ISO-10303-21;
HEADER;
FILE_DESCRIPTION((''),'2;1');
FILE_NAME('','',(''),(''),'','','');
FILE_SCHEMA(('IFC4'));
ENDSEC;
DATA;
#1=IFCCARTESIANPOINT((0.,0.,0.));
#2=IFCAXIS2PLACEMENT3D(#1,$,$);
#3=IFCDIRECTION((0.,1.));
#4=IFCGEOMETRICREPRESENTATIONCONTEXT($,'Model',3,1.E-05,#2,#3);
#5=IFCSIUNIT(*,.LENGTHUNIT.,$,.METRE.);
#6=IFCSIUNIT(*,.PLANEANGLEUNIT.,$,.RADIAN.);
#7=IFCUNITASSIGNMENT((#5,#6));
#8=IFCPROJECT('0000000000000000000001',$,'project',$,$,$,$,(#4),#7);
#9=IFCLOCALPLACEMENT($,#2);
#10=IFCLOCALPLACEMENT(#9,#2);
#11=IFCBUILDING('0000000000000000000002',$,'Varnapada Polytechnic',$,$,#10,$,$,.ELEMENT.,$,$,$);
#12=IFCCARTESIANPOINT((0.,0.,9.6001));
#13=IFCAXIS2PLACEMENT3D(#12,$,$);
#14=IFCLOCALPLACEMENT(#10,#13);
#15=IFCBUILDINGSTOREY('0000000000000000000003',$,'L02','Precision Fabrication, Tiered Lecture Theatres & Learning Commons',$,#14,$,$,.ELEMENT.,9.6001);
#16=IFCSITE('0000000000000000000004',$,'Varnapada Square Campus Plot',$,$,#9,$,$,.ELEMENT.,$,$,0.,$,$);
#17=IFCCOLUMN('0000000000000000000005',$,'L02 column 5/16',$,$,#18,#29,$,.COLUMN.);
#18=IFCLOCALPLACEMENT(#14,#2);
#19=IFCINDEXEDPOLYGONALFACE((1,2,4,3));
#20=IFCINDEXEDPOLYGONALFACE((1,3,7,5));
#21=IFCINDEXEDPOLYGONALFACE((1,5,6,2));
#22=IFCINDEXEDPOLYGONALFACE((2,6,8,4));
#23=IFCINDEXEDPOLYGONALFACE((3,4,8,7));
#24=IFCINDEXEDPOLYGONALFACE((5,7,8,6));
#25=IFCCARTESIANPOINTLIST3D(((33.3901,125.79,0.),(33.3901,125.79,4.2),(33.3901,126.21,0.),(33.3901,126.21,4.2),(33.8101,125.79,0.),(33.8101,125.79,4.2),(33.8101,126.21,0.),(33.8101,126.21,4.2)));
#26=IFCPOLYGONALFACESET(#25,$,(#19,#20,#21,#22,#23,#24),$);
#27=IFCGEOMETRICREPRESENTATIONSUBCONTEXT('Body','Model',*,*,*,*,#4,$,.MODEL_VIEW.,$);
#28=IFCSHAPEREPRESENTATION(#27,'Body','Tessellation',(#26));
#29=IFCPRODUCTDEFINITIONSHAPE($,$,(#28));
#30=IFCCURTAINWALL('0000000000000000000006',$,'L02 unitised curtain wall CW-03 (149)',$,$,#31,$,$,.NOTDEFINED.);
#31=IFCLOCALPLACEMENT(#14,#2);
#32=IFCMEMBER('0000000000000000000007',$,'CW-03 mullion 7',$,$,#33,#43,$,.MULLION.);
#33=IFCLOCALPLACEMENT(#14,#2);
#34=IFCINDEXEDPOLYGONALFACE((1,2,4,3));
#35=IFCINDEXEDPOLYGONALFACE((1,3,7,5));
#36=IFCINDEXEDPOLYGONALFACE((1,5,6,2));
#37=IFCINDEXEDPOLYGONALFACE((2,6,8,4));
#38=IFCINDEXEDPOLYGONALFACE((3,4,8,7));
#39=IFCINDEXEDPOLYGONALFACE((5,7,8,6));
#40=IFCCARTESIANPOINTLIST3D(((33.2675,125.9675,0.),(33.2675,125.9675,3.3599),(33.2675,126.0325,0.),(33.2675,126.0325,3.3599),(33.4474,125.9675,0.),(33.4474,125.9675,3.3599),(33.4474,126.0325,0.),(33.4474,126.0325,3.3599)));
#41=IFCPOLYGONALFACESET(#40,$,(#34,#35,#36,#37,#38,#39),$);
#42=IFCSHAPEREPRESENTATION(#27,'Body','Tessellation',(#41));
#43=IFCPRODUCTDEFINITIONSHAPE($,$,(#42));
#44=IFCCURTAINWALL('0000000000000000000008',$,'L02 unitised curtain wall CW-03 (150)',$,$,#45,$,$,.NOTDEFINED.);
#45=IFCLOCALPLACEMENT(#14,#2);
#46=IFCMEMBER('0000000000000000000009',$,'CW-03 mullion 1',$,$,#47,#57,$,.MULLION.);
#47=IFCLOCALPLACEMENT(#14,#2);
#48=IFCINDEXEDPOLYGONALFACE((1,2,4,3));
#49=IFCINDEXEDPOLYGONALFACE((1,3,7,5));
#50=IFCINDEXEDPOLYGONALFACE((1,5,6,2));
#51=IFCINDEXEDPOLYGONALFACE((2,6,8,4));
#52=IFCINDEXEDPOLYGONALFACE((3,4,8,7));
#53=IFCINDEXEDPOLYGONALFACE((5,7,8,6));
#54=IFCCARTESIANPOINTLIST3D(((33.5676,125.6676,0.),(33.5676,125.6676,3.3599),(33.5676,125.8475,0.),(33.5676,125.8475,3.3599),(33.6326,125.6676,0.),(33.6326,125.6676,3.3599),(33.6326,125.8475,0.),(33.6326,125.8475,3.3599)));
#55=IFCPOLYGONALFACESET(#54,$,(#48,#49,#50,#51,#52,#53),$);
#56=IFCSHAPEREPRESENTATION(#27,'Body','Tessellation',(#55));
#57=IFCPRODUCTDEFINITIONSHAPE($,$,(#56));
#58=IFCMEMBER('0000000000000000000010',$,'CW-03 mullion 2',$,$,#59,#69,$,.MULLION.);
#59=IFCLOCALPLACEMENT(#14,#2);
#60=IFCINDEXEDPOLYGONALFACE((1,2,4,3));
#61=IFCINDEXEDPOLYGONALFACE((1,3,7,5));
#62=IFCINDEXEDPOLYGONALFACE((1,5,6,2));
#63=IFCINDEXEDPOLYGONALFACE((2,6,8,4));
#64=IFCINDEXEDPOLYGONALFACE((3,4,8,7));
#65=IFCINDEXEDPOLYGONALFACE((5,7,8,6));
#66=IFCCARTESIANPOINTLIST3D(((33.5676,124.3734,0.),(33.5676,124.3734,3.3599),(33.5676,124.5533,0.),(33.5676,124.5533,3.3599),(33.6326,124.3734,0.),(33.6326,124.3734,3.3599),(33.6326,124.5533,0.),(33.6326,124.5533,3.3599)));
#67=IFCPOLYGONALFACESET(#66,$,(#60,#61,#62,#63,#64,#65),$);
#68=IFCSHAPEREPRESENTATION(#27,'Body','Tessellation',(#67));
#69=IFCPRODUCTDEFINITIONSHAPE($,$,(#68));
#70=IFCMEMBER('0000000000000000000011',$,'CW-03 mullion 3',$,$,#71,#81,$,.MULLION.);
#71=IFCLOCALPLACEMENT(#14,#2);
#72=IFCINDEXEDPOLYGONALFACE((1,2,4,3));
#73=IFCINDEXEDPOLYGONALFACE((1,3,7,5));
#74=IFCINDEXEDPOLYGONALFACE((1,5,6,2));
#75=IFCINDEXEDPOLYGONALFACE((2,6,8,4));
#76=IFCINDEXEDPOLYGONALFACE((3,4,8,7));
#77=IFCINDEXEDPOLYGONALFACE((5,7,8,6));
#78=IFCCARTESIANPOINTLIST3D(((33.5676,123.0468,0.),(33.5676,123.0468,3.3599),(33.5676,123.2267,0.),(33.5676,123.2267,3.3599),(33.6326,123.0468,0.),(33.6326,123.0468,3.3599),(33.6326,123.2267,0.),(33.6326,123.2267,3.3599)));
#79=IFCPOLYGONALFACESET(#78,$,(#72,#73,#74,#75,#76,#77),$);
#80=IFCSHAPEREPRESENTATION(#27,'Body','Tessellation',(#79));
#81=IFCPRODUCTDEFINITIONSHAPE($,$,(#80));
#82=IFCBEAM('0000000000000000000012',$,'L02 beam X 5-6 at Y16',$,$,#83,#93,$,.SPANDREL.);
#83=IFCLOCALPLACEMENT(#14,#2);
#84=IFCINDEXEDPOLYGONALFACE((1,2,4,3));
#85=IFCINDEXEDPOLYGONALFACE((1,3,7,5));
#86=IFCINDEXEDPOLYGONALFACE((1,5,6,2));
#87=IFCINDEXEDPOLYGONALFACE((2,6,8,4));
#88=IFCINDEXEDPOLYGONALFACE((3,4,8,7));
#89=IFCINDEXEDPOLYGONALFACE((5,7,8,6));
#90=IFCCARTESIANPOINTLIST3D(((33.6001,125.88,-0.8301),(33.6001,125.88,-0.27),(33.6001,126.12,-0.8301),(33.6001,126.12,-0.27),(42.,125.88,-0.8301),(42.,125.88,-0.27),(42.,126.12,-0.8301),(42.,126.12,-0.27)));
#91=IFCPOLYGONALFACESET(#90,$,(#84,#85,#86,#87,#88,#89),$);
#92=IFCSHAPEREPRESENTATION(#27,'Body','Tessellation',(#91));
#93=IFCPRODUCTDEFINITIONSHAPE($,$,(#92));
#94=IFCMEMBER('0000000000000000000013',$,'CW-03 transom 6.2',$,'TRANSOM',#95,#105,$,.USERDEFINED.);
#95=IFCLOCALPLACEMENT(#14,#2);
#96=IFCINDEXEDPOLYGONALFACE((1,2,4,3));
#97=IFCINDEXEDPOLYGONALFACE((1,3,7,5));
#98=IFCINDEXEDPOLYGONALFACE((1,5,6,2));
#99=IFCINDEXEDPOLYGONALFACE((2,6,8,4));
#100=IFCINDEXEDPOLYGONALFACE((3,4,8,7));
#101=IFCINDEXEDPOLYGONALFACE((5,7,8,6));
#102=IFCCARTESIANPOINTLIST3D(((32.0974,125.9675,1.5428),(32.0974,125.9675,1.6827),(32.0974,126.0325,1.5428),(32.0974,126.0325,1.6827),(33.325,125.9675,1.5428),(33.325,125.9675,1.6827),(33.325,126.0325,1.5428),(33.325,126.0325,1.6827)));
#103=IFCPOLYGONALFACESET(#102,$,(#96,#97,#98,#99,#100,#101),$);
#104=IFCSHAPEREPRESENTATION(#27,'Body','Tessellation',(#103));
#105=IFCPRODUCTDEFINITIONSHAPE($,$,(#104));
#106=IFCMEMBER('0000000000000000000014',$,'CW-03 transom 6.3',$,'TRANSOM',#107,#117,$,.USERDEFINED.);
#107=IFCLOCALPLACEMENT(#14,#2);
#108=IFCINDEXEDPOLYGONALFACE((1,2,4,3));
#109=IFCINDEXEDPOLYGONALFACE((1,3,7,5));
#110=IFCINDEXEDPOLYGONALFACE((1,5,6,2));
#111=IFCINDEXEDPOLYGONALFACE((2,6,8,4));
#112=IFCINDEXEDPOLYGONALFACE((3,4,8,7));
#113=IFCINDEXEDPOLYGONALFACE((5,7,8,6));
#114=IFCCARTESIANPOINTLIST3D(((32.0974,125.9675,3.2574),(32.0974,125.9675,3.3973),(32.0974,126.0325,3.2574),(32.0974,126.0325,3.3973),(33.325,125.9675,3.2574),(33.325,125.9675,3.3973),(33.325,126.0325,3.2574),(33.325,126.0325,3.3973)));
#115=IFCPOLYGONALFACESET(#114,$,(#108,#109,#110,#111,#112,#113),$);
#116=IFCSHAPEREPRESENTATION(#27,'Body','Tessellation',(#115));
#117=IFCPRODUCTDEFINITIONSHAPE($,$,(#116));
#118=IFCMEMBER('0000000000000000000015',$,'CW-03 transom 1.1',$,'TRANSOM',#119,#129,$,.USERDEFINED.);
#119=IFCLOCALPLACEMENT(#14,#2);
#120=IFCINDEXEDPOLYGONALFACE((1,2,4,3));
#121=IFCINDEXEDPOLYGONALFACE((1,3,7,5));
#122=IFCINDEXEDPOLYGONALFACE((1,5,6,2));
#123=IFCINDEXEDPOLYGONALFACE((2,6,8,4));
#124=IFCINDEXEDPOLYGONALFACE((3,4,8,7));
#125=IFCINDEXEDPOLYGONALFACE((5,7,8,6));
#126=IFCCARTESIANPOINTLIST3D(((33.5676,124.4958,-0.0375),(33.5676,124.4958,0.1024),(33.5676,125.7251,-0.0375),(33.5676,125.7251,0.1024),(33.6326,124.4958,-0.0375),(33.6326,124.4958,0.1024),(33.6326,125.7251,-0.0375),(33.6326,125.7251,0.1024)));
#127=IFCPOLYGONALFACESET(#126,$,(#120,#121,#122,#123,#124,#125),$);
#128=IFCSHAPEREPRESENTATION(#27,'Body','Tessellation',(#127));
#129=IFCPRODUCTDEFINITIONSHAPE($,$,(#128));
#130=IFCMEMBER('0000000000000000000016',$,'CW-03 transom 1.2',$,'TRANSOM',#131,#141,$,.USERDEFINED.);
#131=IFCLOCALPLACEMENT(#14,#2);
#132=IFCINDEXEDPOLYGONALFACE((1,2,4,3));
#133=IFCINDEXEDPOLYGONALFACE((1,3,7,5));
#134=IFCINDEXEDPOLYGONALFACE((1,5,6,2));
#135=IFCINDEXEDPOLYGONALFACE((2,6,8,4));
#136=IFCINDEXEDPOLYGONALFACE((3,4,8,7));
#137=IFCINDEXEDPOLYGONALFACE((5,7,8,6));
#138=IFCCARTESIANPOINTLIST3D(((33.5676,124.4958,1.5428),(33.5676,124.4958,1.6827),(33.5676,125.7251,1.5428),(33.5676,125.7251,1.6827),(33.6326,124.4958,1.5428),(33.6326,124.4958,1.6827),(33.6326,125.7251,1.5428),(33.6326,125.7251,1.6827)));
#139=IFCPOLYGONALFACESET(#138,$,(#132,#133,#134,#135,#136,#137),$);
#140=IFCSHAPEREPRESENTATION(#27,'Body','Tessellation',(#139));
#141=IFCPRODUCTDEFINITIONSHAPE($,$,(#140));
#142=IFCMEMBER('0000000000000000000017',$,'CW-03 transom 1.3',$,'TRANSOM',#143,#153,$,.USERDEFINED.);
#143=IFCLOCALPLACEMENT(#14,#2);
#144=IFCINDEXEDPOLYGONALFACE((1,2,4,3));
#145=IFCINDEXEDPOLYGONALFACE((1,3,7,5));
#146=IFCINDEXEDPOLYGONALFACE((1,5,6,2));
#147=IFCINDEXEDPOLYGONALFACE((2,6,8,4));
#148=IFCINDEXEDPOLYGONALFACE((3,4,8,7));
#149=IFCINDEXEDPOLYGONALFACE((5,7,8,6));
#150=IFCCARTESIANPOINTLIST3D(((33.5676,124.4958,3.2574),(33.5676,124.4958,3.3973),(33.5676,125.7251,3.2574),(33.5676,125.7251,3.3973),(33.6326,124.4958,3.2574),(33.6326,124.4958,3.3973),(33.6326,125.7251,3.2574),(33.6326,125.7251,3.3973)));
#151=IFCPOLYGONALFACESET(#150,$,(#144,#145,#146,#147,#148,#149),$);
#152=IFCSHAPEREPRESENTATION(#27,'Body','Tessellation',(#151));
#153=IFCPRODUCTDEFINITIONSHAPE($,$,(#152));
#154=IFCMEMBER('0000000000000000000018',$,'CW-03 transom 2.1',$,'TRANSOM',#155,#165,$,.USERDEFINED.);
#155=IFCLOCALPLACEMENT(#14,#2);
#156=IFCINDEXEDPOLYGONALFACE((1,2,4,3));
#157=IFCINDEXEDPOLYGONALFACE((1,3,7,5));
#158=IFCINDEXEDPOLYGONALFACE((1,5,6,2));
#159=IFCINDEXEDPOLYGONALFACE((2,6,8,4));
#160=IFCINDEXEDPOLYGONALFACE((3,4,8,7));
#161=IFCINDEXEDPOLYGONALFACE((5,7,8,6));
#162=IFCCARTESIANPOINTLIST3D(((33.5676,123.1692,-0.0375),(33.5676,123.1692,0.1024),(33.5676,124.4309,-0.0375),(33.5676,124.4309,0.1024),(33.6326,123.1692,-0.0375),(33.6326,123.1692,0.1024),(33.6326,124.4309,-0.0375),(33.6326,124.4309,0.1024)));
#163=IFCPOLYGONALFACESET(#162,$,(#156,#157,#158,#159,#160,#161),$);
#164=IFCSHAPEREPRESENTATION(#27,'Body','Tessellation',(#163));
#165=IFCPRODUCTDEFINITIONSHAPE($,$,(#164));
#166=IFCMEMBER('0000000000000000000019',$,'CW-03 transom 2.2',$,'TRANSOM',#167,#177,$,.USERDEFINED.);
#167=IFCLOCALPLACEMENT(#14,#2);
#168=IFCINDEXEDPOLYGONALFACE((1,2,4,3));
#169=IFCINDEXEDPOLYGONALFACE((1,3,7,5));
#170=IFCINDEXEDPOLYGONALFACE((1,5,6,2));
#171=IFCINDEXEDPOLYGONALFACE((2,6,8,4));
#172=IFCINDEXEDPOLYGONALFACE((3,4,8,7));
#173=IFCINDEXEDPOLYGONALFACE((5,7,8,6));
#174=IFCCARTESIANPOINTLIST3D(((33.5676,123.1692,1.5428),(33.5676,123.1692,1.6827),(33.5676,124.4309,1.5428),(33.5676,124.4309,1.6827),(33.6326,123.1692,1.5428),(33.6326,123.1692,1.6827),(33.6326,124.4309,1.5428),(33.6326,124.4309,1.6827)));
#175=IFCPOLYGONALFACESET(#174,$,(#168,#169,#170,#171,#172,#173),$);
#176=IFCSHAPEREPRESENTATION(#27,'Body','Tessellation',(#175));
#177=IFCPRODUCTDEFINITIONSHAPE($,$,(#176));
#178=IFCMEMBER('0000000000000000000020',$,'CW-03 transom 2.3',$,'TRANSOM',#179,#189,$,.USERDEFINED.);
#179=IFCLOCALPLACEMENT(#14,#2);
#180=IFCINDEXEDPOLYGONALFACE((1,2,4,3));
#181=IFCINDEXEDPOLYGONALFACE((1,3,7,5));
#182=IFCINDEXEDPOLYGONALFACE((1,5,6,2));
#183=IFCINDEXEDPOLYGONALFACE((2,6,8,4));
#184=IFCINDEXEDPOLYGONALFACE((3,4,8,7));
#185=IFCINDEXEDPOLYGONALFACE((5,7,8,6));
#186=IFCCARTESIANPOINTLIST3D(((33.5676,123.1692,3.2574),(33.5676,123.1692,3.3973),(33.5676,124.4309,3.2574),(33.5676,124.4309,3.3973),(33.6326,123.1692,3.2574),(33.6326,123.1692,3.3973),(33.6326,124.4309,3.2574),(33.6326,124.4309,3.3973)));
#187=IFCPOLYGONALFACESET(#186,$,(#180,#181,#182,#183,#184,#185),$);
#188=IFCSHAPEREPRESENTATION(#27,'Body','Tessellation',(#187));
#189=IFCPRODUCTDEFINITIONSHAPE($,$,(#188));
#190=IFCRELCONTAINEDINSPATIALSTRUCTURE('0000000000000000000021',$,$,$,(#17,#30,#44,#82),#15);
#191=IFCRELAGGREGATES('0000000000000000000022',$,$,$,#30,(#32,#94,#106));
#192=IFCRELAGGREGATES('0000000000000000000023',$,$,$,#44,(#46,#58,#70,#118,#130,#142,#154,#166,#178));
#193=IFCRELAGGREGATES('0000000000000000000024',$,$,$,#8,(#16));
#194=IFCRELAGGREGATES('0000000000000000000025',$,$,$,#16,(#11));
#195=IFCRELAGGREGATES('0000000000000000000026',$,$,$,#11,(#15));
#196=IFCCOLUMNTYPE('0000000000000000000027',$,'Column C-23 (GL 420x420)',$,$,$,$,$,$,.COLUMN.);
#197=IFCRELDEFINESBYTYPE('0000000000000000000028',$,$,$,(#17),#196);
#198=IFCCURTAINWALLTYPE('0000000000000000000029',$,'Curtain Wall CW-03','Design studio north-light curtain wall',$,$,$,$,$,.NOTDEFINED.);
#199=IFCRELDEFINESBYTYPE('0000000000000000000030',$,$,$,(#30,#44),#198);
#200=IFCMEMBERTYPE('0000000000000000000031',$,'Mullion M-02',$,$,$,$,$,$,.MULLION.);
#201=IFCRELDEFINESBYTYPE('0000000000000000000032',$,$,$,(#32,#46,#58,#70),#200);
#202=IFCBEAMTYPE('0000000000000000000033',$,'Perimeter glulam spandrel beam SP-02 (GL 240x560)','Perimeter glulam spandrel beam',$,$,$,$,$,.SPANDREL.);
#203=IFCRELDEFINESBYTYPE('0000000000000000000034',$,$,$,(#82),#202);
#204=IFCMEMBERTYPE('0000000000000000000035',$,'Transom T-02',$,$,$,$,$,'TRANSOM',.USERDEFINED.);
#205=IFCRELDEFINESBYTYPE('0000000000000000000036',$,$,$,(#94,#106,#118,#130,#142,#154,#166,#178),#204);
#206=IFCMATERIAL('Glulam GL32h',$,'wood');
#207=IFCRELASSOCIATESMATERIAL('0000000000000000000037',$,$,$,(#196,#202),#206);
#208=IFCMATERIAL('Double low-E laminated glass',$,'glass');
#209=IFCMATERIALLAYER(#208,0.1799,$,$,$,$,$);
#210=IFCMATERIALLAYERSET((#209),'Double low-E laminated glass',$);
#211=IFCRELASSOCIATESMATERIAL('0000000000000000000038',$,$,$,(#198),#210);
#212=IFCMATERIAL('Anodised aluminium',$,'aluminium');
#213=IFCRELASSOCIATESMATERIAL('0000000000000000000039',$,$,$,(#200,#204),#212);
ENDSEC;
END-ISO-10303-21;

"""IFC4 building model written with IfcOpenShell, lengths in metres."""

from ifc_helpers import new_model, si_unit, direction, frame, origin, origin_2d, place, context, subcontext, project, spatial, rectangle, extrude, material, layer, layer_set, material_profile, profile_set, type_object, element, aggregate, save


model = new_model("IFC4")

# Units and contexts
model_context = context("Model", 3, precision=1e-05, world=origin(), true_north=direction((0.0, 1.0)))
body_context = subcontext(model_context, "Body", "Model", "MODEL_VIEW")
ifc_project = project(units=[si_unit("LENGTHUNIT", "METRE"), si_unit("PLANEANGLEUNIT", "RADIAN")], contexts=[model_context])

# Site, building, storey
site_placement = place(None, origin())
site = spatial("IfcSite", under=ifc_project, at=site_placement, Name="Varnapada Square Campus Plot", CompositionType="ELEMENT", RefElevation=0.0)
building_placement = place(site_placement, origin())
building = spatial("IfcBuilding", under=site, at=building_placement, Name="Varnapada Polytechnic", CompositionType="ELEMENT")
storey_placement = place(building_placement, frame((0.0, 0.0, 9.6001)))
storey = spatial("IfcBuildingStorey", under=building, at=storey_placement, Name="L02", Description="Precision Fabrication, Tiered Lecture Theatres & Learning Commons", CompositionType="ELEMENT", Elevation=9.6001)

# Column
ifc_material_1 = material(Name="Glulam GL32h", Category="wood")
ifc_material_profile_1 = material_profile(ifc_material_1, rectangle(XDim=0.4199, YDim=0.4199, at=origin_2d()), Name="GL 420x420")
ifc_profile_set_1 = profile_set([ifc_material_profile_1], Name="Glulam GL32h")
column_type = type_object("IfcColumnType", Name="Column C-23 (GL 420x420)", PredefinedType="COLUMN", material=ifc_profile_set_1)
column_placement = place(storey_placement, frame((33.6001, 126.0, 0.0), z_axis=(0.0, 0.0, 1.0), x_axis=(1.0, 0.0, 0.0)))
element("IfcColumn", 1, at=column_placement, inside=storey, type_object=column_type, Name="L02 column 5/16", PredefinedType="COLUMN", context=body_context, shape_type="SweptSolid", body=[
    extrude(rectangle(XDim=0.4199, YDim=0.4199, at=origin_2d()), origin(), (0.0, 0.0, 1.0), 4.2),
])

# Curtain wall, member
ifc_material_2 = material(Name="Double low-E laminated glass", Category="glass")
ifc_layer_1 = layer(ifc_material_2, 0.1799)
ifc_layer_set_1 = layer_set([ifc_layer_1], Name="Double low-E laminated glass")
curtain_wall_type = type_object("IfcCurtainWallType", Name="Curtain Wall CW-03", Description="Design studio north-light curtain wall", PredefinedType="NOTDEFINED", material=ifc_layer_set_1)
curtain_wall_1_placement = place(storey_placement, origin())
curtain_wall_1 = element("IfcCurtainWall", 2, at=curtain_wall_1_placement, inside=storey, type_object=curtain_wall_type, Name="L02 unitised curtain wall CW-03 (149)", PredefinedType="NOTDEFINED")
ifc_material_3 = material(Name="Anodised aluminium", Category="aluminium")
ifc_material_profile_2 = material_profile(ifc_material_3, rectangle(XDim=0.0649, YDim=0.1799, at=origin_2d()), Name="ALU M65x180")
ifc_profile_set_2 = profile_set([ifc_material_profile_2], Name="Anodised aluminium")
member_type_1 = type_object("IfcMemberType", Name="Mullion M-02", PredefinedType="MULLION", material=ifc_profile_set_2)
member_1_placement = place(storey_placement, frame((33.3574, 126.0, 0.0), z_axis=(0.0, 0.0, 1.0), x_axis=(0.0, 1.0, 0.0)))
member_1 = element("IfcMember", 3, at=member_1_placement, type_object=member_type_1, Name="CW-03 mullion 7", PredefinedType="MULLION", context=body_context, shape_type="SweptSolid", body=[
    extrude(rectangle(XDim=0.0649, YDim=0.1799, at=origin_2d()), origin(), (0.0, 0.0, 1.0), 3.3599),
])

# Curtain wall, members
curtain_wall_2_placement = place(storey_placement, origin())
curtain_wall_2 = element("IfcCurtainWall", 4, at=curtain_wall_2_placement, inside=storey, type_object=curtain_wall_type, Name="L02 unitised curtain wall CW-03 (150)", PredefinedType="NOTDEFINED")
member_2_placement = place(storey_placement, frame((33.6001, 125.7576, 0.0), z_axis=(0.0, 0.0, 1.0), x_axis=(1.0, 0.0, 0.0)))
member_2 = element("IfcMember", 5, at=member_2_placement, type_object=member_type_1, Name="CW-03 mullion 1", PredefinedType="MULLION", context=body_context, shape_type="SweptSolid", body=[
    extrude(rectangle(XDim=0.0649, YDim=0.1799, at=origin_2d()), origin(), (0.0, 0.0, 1.0), 3.3599),
])
member_3_placement = place(storey_placement, frame((33.6001, 124.4634, 0.0), z_axis=(0.0, 0.0, 1.0), x_axis=(1.0, 0.0, 0.0)))
member_3 = element("IfcMember", 6, at=member_3_placement, type_object=member_type_1, Name="CW-03 mullion 2", PredefinedType="MULLION", context=body_context, shape_type="SweptSolid", body=[
    extrude(rectangle(XDim=0.0649, YDim=0.1799, at=origin_2d()), origin(), (0.0, 0.0, 1.0), 3.3599),
])
member_4_placement = place(storey_placement, frame((33.6001, 123.1367, 0.0), z_axis=(0.0, 0.0, 1.0), x_axis=(1.0, 0.0, 0.0)))
member_4 = element("IfcMember", 7, at=member_4_placement, type_object=member_type_1, Name="CW-03 mullion 3", PredefinedType="MULLION", context=body_context, shape_type="SweptSolid", body=[
    extrude(rectangle(XDim=0.0649, YDim=0.1799, at=origin_2d()), origin(), (0.0, 0.0, 1.0), 3.3599),
])

# Beam
ifc_material_profile_3 = material_profile(ifc_material_1, rectangle(XDim=0.24, YDim=0.5601, at=origin_2d()), Name="GL 240x560")
ifc_profile_set_3 = profile_set([ifc_material_profile_3], Name="Glulam GL32h")
beam_type = type_object("IfcBeamType", Name="Perimeter glulam spandrel beam SP-02 (GL 240x560)", Description="Perimeter glulam spandrel beam", PredefinedType="SPANDREL", material=ifc_profile_set_3)
beam_placement = place(storey_placement, frame((33.6001, 126.0, -0.55), z_axis=(1.0, 0.0, 0.0), x_axis=(0.0, 1.0, 0.0)))
element("IfcBeam", 8, at=beam_placement, inside=storey, type_object=beam_type, Name="L02 beam X 5-6 at Y16", PredefinedType="SPANDREL", context=body_context, shape_type="SweptSolid", body=[
    extrude(rectangle(XDim=0.24, YDim=0.5601, at=origin_2d()), origin(), (0.0, 0.0, 1.0), 8.3999),
])

# Members
ifc_material_profile_4 = material_profile(ifc_material_3, rectangle(XDim=0.0649, YDim=0.1399, at=origin_2d()), Name="ALU T65x140")
ifc_profile_set_4 = profile_set([ifc_material_profile_4], Name="Anodised aluminium")
member_type_2 = type_object("IfcMemberType", Name="Transom T-02", ElementType="TRANSOM", PredefinedType="USERDEFINED", material=ifc_profile_set_4)
member_5_placement = place(storey_placement, frame((32.0974, 126.0, 1.6128), z_axis=(1.0, 0.0, 0.0), x_axis=(0.0, 1.0, 0.0)))
member_5 = element("IfcMember", 9, at=member_5_placement, type_object=member_type_2, Name="CW-03 transom 6.2", ObjectType="TRANSOM", PredefinedType="USERDEFINED", context=body_context, shape_type="SweptSolid", body=[
    extrude(rectangle(XDim=0.0649, YDim=0.1399, at=origin_2d()), origin(), (0.0, 0.0, 1.0), 1.2275),
])
member_6_placement = place(storey_placement, frame((32.0974, 126.0, 3.3274), z_axis=(1.0, 0.0, 0.0), x_axis=(0.0, 1.0, 0.0)))
member_6 = element("IfcMember", 10, at=member_6_placement, type_object=member_type_2, Name="CW-03 transom 6.3", ObjectType="TRANSOM", PredefinedType="USERDEFINED", context=body_context, shape_type="SweptSolid", body=[
    extrude(rectangle(XDim=0.0649, YDim=0.1399, at=origin_2d()), origin(), (0.0, 0.0, 1.0), 1.2275),
])
member_7_placement = place(storey_placement, frame((33.6001, 125.7251, 0.0325), z_axis=(0.0, -1.0, 0.0), x_axis=(1.0, 0.0, 0.0)))
member_7 = element("IfcMember", 11, at=member_7_placement, type_object=member_type_2, Name="CW-03 transom 1.1", ObjectType="TRANSOM", PredefinedType="USERDEFINED", context=body_context, shape_type="SweptSolid", body=[
    extrude(rectangle(XDim=0.0649, YDim=0.1399, at=origin_2d()), origin(), (0.0, 0.0, 1.0), 1.2292),
])
member_8_placement = place(storey_placement, frame((33.6001, 125.7251, 1.6128), z_axis=(0.0, -1.0, 0.0), x_axis=(1.0, 0.0, 0.0)))
member_8 = element("IfcMember", 12, at=member_8_placement, type_object=member_type_2, Name="CW-03 transom 1.2", ObjectType="TRANSOM", PredefinedType="USERDEFINED", context=body_context, shape_type="SweptSolid", body=[
    extrude(rectangle(XDim=0.0649, YDim=0.1399, at=origin_2d()), origin(), (0.0, 0.0, 1.0), 1.2292),
])
member_9_placement = place(storey_placement, frame((33.6001, 125.7251, 3.3274), z_axis=(0.0, -1.0, 0.0), x_axis=(1.0, 0.0, 0.0)))
member_9 = element("IfcMember", 13, at=member_9_placement, type_object=member_type_2, Name="CW-03 transom 1.3", ObjectType="TRANSOM", PredefinedType="USERDEFINED", context=body_context, shape_type="SweptSolid", body=[
    extrude(rectangle(XDim=0.0649, YDim=0.1399, at=origin_2d()), origin(), (0.0, 0.0, 1.0), 1.2292),
])
member_10_placement = place(storey_placement, frame((33.6001, 124.4309, 0.0325), z_axis=(0.0, -1.0, 0.0), x_axis=(1.0, 0.0, 0.0)))
member_10 = element("IfcMember", 14, at=member_10_placement, type_object=member_type_2, Name="CW-03 transom 2.1", ObjectType="TRANSOM", PredefinedType="USERDEFINED", context=body_context, shape_type="SweptSolid", body=[
    extrude(rectangle(XDim=0.0649, YDim=0.1399, at=origin_2d()), origin(), (0.0, 0.0, 1.0), 1.2617),
])
member_11_placement = place(storey_placement, frame((33.6001, 124.4309, 1.6128), z_axis=(0.0, -1.0, 0.0), x_axis=(1.0, 0.0, 0.0)))
member_11 = element("IfcMember", 15, at=member_11_placement, type_object=member_type_2, Name="CW-03 transom 2.2", ObjectType="TRANSOM", PredefinedType="USERDEFINED", context=body_context, shape_type="SweptSolid", body=[
    extrude(rectangle(XDim=0.0649, YDim=0.1399, at=origin_2d()), origin(), (0.0, 0.0, 1.0), 1.2617),
])
member_12_placement = place(storey_placement, frame((33.6001, 124.4309, 3.3274), z_axis=(0.0, -1.0, 0.0), x_axis=(1.0, 0.0, 0.0)))
member_12 = element("IfcMember", 16, at=member_12_placement, type_object=member_type_2, Name="CW-03 transom 2.3", ObjectType="TRANSOM", PredefinedType="USERDEFINED", context=body_context, shape_type="SweptSolid", body=[
    extrude(rectangle(XDim=0.0649, YDim=0.1399, at=origin_2d()), origin(), (0.0, 0.0, 1.0), 1.2617),
])

aggregate(curtain_wall_1, [member_1, member_5, member_6])
aggregate(curtain_wall_2, [member_2, member_3, member_4, member_7, member_8, member_9, member_10, member_11, member_12])

save(model, "model.ifc")
